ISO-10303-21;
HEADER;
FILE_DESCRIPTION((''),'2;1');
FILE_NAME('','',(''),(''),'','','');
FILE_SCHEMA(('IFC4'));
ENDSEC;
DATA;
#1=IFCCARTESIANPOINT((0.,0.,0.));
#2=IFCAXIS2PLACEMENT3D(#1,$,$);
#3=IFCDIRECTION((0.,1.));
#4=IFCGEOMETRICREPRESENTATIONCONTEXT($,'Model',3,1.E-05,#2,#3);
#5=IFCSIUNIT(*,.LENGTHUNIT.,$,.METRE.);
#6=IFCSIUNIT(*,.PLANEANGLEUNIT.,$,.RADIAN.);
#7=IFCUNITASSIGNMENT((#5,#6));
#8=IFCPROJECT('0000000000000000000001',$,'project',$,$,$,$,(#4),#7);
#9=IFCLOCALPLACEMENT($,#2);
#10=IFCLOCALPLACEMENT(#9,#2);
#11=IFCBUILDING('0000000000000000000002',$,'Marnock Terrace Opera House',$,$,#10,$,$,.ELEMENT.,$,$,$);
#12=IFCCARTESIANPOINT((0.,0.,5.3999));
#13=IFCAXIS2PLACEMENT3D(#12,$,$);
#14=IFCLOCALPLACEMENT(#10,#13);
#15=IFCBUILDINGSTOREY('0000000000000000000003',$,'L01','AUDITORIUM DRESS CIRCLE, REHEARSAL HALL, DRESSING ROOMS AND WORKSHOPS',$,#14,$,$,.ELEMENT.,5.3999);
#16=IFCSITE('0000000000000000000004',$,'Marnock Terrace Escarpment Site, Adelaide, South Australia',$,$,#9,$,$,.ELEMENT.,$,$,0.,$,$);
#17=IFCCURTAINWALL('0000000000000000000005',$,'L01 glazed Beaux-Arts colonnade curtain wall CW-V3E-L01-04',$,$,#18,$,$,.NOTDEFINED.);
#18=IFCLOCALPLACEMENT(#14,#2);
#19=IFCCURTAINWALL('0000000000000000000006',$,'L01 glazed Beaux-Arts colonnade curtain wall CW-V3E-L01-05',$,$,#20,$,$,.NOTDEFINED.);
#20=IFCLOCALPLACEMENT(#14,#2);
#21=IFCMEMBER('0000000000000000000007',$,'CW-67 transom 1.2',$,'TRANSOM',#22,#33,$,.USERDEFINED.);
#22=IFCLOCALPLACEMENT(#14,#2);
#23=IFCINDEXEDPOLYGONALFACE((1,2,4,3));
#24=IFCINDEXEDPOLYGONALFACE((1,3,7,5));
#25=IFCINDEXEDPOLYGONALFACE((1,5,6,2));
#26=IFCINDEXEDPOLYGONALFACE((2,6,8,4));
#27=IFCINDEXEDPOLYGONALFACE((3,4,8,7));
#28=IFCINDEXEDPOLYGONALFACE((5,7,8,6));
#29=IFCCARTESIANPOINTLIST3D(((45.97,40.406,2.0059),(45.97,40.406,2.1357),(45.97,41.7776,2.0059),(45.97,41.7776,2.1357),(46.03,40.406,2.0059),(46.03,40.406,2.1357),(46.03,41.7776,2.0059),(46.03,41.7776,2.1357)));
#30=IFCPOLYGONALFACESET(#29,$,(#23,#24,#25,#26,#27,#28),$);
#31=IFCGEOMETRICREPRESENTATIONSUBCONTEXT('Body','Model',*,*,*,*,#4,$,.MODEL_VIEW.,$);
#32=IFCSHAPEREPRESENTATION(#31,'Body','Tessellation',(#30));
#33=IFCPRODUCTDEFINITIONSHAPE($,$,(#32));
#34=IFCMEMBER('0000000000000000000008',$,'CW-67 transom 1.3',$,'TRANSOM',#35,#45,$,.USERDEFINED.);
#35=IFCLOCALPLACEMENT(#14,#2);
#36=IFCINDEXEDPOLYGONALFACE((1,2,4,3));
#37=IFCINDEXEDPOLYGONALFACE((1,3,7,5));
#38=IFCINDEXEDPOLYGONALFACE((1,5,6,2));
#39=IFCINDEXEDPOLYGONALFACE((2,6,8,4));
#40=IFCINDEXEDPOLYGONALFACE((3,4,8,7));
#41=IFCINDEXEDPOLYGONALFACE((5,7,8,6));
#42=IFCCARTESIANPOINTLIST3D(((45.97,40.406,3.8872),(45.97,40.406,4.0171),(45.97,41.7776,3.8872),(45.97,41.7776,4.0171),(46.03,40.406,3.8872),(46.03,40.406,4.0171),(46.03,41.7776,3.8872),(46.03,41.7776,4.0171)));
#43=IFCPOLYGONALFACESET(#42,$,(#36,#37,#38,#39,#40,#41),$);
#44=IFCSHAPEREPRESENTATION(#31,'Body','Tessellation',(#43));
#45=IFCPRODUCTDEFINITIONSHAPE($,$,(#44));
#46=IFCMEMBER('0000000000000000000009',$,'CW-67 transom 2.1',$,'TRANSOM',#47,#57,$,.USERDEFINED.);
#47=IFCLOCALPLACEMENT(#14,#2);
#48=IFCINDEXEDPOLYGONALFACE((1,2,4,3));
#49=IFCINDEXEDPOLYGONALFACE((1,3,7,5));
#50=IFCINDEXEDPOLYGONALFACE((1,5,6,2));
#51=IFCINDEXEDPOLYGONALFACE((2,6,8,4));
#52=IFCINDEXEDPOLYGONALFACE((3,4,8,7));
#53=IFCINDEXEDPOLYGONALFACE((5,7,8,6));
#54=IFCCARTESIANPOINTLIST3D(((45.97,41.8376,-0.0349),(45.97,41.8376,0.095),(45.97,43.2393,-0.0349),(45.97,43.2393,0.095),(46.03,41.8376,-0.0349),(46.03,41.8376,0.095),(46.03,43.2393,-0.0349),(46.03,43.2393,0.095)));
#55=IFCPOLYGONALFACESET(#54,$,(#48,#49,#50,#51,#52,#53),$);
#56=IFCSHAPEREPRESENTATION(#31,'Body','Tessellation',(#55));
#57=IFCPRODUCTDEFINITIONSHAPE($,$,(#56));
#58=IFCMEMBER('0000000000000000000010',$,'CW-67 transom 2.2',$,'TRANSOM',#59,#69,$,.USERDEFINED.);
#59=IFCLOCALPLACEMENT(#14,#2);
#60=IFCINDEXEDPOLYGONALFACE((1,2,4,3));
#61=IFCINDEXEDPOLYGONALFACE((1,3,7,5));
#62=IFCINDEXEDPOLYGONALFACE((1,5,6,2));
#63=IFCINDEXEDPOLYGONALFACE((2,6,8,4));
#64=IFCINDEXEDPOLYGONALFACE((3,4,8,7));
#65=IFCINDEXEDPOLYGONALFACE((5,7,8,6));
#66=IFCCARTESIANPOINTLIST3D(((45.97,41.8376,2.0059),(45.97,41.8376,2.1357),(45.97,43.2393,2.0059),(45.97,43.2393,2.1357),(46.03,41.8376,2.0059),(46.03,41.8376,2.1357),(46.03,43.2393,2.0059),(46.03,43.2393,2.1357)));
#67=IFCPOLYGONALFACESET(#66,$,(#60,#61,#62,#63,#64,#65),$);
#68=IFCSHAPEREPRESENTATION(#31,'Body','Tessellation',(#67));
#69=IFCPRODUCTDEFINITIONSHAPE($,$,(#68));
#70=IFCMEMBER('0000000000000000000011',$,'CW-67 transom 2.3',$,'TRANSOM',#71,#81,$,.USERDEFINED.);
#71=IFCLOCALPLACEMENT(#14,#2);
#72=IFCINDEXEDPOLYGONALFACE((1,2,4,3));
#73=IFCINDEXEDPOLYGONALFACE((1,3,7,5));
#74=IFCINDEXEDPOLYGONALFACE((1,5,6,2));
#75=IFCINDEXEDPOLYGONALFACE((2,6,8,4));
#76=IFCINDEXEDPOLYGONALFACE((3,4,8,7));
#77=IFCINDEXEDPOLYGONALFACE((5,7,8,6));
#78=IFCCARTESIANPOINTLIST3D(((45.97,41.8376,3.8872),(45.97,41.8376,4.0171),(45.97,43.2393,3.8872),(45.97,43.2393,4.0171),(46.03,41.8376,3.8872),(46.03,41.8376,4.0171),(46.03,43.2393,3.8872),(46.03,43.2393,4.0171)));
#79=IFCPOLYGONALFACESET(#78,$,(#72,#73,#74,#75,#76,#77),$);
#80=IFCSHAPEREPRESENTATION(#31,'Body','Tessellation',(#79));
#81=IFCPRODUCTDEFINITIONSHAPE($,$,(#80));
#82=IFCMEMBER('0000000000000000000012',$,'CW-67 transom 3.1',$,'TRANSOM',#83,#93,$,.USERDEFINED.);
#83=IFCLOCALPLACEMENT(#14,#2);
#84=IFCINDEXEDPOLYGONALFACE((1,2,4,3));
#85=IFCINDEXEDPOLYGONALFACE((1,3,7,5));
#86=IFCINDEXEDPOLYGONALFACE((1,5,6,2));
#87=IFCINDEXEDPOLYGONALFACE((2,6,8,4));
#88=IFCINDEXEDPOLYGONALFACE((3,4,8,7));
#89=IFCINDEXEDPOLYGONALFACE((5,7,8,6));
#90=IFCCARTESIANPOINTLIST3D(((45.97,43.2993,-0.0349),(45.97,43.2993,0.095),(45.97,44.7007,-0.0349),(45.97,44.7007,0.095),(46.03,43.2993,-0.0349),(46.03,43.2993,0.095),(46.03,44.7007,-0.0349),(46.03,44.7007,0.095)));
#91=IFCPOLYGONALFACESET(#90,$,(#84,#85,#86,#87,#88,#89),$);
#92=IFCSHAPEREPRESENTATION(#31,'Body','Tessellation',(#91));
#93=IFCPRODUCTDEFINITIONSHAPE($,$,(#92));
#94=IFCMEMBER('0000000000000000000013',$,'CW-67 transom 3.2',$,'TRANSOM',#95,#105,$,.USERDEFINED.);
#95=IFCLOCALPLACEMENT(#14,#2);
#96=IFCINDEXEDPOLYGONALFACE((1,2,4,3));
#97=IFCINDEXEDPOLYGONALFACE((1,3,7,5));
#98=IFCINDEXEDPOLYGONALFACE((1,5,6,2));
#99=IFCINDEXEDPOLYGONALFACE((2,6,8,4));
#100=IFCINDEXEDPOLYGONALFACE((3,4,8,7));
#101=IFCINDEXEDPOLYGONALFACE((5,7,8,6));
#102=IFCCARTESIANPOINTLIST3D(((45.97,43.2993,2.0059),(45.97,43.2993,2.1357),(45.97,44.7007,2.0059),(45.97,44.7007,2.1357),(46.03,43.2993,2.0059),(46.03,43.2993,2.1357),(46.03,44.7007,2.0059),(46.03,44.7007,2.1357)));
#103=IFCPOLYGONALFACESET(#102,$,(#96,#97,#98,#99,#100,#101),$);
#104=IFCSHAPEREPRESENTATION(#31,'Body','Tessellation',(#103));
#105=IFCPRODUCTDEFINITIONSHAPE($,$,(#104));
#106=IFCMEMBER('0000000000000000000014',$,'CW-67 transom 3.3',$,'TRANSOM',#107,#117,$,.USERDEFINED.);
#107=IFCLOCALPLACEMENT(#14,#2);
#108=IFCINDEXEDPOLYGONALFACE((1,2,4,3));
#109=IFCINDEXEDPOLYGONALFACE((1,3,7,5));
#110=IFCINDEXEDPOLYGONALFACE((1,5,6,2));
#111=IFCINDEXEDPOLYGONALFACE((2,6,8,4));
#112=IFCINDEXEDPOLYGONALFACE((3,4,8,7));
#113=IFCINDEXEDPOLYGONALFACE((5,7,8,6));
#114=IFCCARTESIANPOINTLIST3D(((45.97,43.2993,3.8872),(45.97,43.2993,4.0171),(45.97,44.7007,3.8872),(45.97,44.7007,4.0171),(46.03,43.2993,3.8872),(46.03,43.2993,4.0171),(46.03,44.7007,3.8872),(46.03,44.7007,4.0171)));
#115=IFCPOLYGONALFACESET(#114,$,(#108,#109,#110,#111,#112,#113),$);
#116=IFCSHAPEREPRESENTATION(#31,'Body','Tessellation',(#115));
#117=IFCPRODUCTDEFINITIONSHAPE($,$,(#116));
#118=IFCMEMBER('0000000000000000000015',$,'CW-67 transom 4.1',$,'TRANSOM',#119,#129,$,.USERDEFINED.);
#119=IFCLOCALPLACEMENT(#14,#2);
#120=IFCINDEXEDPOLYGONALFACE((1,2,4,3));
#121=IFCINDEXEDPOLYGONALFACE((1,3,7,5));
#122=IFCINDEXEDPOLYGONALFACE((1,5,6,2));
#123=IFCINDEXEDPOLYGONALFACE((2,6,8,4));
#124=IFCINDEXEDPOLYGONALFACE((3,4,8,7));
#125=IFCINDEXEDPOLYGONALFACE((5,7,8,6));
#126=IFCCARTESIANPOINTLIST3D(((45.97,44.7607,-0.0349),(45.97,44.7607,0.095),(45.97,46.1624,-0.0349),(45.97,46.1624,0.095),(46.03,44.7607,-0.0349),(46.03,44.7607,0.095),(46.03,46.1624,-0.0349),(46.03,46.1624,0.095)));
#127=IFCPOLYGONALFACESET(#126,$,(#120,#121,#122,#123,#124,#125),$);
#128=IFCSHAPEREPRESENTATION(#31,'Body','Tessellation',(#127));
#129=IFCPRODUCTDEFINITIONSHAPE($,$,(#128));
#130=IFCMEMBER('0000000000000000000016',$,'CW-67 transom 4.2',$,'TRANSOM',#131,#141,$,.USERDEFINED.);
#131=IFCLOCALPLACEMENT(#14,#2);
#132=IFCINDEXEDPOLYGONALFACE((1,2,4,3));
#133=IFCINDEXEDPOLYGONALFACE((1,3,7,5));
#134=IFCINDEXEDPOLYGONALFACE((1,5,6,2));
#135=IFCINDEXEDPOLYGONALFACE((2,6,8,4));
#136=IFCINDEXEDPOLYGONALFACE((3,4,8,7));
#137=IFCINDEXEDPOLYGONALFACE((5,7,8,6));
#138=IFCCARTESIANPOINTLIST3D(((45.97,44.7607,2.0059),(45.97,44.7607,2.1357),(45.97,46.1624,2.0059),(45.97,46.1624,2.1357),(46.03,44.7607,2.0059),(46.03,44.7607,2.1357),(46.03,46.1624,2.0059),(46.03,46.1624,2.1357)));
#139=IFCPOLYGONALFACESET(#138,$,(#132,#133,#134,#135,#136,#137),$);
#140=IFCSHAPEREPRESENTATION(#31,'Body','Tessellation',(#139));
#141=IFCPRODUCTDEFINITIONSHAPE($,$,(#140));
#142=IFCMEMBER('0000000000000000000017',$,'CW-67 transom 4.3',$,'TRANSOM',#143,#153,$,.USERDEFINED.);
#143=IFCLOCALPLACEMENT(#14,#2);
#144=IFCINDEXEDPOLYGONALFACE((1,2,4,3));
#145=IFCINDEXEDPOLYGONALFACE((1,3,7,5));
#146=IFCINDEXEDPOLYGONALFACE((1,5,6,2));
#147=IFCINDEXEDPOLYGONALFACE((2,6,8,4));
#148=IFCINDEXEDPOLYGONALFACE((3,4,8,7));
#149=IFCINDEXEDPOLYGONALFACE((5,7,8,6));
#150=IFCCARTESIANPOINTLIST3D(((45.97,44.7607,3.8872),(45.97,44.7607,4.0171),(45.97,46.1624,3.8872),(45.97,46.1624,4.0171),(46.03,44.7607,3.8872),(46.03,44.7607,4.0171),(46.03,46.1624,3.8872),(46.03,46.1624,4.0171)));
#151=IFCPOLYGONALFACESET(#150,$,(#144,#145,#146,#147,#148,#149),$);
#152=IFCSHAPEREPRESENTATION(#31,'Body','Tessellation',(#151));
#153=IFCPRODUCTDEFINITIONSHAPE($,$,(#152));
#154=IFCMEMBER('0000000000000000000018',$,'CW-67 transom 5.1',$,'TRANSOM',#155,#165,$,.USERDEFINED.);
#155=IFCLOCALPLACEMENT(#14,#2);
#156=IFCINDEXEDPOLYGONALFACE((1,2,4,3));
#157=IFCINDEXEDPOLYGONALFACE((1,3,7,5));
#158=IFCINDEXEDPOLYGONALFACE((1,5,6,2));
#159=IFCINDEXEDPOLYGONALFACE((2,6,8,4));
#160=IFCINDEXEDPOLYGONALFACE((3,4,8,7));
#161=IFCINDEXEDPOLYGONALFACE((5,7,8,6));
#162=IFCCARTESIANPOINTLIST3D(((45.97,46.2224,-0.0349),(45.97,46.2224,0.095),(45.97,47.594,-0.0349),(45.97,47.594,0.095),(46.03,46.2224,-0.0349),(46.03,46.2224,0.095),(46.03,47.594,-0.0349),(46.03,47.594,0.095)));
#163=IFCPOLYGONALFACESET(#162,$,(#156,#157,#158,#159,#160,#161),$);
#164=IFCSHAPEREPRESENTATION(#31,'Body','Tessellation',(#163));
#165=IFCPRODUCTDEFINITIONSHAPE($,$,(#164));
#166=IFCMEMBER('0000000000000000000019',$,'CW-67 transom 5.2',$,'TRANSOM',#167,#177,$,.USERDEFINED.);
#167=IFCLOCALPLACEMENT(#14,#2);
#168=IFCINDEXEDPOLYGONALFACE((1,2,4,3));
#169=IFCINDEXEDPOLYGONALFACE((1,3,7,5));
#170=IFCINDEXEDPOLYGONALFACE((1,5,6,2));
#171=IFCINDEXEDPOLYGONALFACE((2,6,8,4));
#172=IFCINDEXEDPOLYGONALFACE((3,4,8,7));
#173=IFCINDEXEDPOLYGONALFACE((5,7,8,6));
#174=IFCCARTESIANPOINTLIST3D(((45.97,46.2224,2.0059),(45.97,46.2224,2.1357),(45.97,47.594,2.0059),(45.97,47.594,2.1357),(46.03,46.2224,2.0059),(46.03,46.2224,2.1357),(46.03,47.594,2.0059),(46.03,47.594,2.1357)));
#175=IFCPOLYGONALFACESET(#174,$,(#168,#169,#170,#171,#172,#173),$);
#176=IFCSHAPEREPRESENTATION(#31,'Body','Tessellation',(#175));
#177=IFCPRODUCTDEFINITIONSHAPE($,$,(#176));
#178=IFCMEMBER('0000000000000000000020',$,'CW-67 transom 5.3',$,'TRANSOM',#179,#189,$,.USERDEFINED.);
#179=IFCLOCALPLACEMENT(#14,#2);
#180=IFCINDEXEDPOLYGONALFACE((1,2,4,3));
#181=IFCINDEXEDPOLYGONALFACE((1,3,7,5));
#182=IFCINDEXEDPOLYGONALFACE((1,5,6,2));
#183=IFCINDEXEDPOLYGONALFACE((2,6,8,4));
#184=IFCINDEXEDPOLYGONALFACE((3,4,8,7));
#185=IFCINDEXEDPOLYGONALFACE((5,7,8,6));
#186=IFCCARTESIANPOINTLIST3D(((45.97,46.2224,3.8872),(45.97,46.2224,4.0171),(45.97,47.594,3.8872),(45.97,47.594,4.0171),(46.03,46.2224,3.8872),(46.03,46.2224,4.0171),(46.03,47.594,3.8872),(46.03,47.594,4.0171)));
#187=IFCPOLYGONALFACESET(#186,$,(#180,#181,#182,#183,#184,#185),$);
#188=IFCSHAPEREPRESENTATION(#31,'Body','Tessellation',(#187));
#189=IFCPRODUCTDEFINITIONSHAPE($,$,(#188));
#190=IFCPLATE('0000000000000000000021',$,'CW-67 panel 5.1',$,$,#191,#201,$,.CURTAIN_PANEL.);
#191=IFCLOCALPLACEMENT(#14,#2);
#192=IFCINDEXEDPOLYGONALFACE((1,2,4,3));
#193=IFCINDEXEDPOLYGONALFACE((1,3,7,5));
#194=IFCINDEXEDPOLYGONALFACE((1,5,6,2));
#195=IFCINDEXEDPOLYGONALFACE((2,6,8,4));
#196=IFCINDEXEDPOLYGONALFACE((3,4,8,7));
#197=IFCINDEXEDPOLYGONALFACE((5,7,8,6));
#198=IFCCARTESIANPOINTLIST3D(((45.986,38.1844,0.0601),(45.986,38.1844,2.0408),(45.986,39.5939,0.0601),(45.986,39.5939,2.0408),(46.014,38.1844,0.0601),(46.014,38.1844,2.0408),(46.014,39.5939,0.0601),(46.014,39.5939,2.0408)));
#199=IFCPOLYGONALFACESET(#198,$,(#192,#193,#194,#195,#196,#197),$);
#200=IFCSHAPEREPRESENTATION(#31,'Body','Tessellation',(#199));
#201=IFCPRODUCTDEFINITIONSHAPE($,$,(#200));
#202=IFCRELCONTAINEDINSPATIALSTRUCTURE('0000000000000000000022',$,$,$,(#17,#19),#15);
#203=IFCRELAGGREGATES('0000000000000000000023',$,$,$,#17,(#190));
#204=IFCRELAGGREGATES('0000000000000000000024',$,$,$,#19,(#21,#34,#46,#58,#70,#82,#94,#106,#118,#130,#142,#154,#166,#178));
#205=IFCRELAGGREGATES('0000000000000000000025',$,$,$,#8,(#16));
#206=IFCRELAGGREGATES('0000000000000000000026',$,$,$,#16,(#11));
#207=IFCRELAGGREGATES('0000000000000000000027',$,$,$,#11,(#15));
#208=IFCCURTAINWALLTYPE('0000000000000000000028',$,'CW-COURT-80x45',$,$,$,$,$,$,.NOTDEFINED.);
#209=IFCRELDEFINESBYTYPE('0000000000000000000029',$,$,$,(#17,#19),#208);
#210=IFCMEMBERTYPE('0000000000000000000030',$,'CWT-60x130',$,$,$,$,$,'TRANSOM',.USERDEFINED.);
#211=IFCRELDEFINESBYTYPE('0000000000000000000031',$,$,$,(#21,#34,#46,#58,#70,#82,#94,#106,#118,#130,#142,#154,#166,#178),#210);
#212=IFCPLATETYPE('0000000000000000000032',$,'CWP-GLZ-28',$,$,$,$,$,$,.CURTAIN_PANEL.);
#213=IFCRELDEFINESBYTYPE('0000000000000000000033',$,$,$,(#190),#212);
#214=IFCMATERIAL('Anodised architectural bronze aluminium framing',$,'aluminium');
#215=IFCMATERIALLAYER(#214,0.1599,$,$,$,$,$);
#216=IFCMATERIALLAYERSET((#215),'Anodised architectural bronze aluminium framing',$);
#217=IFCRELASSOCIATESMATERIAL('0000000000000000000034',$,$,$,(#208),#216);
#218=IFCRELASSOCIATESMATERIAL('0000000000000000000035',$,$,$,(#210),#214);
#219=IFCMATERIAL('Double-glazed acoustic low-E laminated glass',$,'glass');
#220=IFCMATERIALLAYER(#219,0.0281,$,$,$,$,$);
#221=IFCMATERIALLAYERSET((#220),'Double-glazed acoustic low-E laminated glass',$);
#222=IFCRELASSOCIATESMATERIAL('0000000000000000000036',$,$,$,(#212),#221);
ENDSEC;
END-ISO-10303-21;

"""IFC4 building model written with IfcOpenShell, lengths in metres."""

from ifc_helpers import new_model, si_unit, direction, frame, origin, origin_2d, place, context, subcontext, project, spatial, rectangle, extrude, material, layer, layer_set, material_profile, profile_set, type_object, element, aggregate, save


model = new_model("IFC4")

# Units and contexts
model_context = context("Model", 3, precision=1e-05, world=origin(), true_north=direction((0.0, 1.0)))
body_context = subcontext(model_context, "Body", "Model", "MODEL_VIEW")
ifc_project = project(units=[si_unit("LENGTHUNIT", "METRE"), si_unit("PLANEANGLEUNIT", "RADIAN")], contexts=[model_context])

# Site, building, storey
site_placement = place(None, origin())
site = spatial("IfcSite", under=ifc_project, at=site_placement, Name="Marnock Terrace Escarpment Site, Adelaide, South Australia", CompositionType="ELEMENT", RefElevation=0.0)
building_placement = place(site_placement, origin())
building = spatial("IfcBuilding", under=site, at=building_placement, Name="Marnock Terrace Opera House", CompositionType="ELEMENT")
storey_placement = place(building_placement, frame((0.0, 0.0, 5.3999)))
storey = spatial("IfcBuildingStorey", under=building, at=storey_placement, Name="L01", Description="AUDITORIUM DRESS CIRCLE, REHEARSAL HALL, DRESSING ROOMS AND WORKSHOPS", CompositionType="ELEMENT", Elevation=5.3999)

# Curtain wall
ifc_material_1 = material(Name="Anodised architectural bronze aluminium framing", Category="aluminium")
ifc_layer_1 = layer(ifc_material_1, 0.1599)
ifc_layer_set_1 = layer_set([ifc_layer_1], Name="Anodised architectural bronze aluminium framing")
curtain_wall_type = type_object("IfcCurtainWallType", Name="CW-COURT-80x45", PredefinedType="NOTDEFINED", material=ifc_layer_set_1)
curtain_wall_1_placement = place(storey_placement, origin())
curtain_wall_1 = element("IfcCurtainWall", 1, at=curtain_wall_1_placement, inside=storey, type_object=curtain_wall_type, Name="L01 glazed Beaux-Arts colonnade curtain wall CW-V3E-L01-04", PredefinedType="NOTDEFINED")

# Curtain wall
curtain_wall_2_placement = place(storey_placement, origin())
curtain_wall_2 = element("IfcCurtainWall", 2, at=curtain_wall_2_placement, inside=storey, type_object=curtain_wall_type, Name="L01 glazed Beaux-Arts colonnade curtain wall CW-V3E-L01-05", PredefinedType="NOTDEFINED")

# Members
ifc_material_profile_1 = material_profile(ifc_material_1, rectangle(XDim=0.0601, YDim=0.1299, at=origin_2d()))
ifc_profile_set_1 = profile_set([ifc_material_profile_1], Name="Anodised architectural bronze aluminium framing")
member_type_1 = type_object("IfcMemberType", Name="CWT-60x130", ElementType="TRANSOM", PredefinedType="USERDEFINED", material=ifc_profile_set_1)
member_1_placement = place(storey_placement, frame((46.0, 40.406, 2.0708), z_axis=(0.0, 1.0, 0.0), x_axis=(-1.0, 0.0, 0.0)))
member_1 = element("IfcMember", 3, at=member_1_placement, type_object=member_type_1, Name="CW-67 transom 1.2", ObjectType="TRANSOM", PredefinedType="USERDEFINED", context=body_context, shape_type="SweptSolid", body=[
    extrude(rectangle(XDim=0.0601, YDim=0.1299, at=origin_2d()), origin(), (0.0, 0.0, 1.0), 1.3716),
])
member_2_placement = place(storey_placement, frame((46.0, 40.406, 3.9521), z_axis=(0.0, 1.0, 0.0), x_axis=(-1.0, 0.0, 0.0)))
member_2 = element("IfcMember", 4, at=member_2_placement, type_object=member_type_1, Name="CW-67 transom 1.3", ObjectType="TRANSOM", PredefinedType="USERDEFINED", context=body_context, shape_type="SweptSolid", body=[
    extrude(rectangle(XDim=0.0601, YDim=0.1299, at=origin_2d()), origin(), (0.0, 0.0, 1.0), 1.3716),
])
member_3_placement = place(storey_placement, frame((46.0, 41.8376, 0.03), z_axis=(0.0, 1.0, 0.0), x_axis=(-1.0, 0.0, 0.0)))
member_3 = element("IfcMember", 5, at=member_3_placement, type_object=member_type_1, Name="CW-67 transom 2.1", ObjectType="TRANSOM", PredefinedType="USERDEFINED", context=body_context, shape_type="SweptSolid", body=[
    extrude(rectangle(XDim=0.0601, YDim=0.1299, at=origin_2d()), origin(), (0.0, 0.0, 1.0), 1.4016),
])
member_4_placement = place(storey_placement, frame((46.0, 41.8376, 2.0708), z_axis=(0.0, 1.0, 0.0), x_axis=(-1.0, 0.0, 0.0)))
member_4 = element("IfcMember", 6, at=member_4_placement, type_object=member_type_1, Name="CW-67 transom 2.2", ObjectType="TRANSOM", PredefinedType="USERDEFINED", context=body_context, shape_type="SweptSolid", body=[
    extrude(rectangle(XDim=0.0601, YDim=0.1299, at=origin_2d()), origin(), (0.0, 0.0, 1.0), 1.4016),
])
member_5_placement = place(storey_placement, frame((46.0, 41.8376, 3.9521), z_axis=(0.0, 1.0, 0.0), x_axis=(-1.0, 0.0, 0.0)))
member_5 = element("IfcMember", 7, at=member_5_placement, type_object=member_type_1, Name="CW-67 transom 2.3", ObjectType="TRANSOM", PredefinedType="USERDEFINED", context=body_context, shape_type="SweptSolid", body=[
    extrude(rectangle(XDim=0.0601, YDim=0.1299, at=origin_2d()), origin(), (0.0, 0.0, 1.0), 1.4016),
])
member_6_placement = place(storey_placement, frame((46.0, 43.2993, 0.03), z_axis=(0.0, 1.0, 0.0), x_axis=(-1.0, 0.0, 0.0)))
member_6 = element("IfcMember", 8, at=member_6_placement, type_object=member_type_1, Name="CW-67 transom 3.1", ObjectType="TRANSOM", PredefinedType="USERDEFINED", context=body_context, shape_type="SweptSolid", body=[
    extrude(rectangle(XDim=0.0601, YDim=0.1299, at=origin_2d()), origin(), (0.0, 0.0, 1.0), 1.4014),
])
member_7_placement = place(storey_placement, frame((46.0, 43.2993, 2.0708), z_axis=(0.0, 1.0, 0.0), x_axis=(-1.0, 0.0, 0.0)))
member_7 = element("IfcMember", 9, at=member_7_placement, type_object=member_type_1, Name="CW-67 transom 3.2", ObjectType="TRANSOM", PredefinedType="USERDEFINED", context=body_context, shape_type="SweptSolid", body=[
    extrude(rectangle(XDim=0.0601, YDim=0.1299, at=origin_2d()), origin(), (0.0, 0.0, 1.0), 1.4014),
])
member_8_placement = place(storey_placement, frame((46.0, 43.2993, 3.9521), z_axis=(0.0, 1.0, 0.0), x_axis=(-1.0, 0.0, 0.0)))
member_8 = element("IfcMember", 10, at=member_8_placement, type_object=member_type_1, Name="CW-67 transom 3.3", ObjectType="TRANSOM", PredefinedType="USERDEFINED", context=body_context, shape_type="SweptSolid", body=[
    extrude(rectangle(XDim=0.0601, YDim=0.1299, at=origin_2d()), origin(), (0.0, 0.0, 1.0), 1.4014),
])
member_9_placement = place(storey_placement, frame((46.0, 44.7607, 0.03), z_axis=(0.0, 1.0, 0.0), x_axis=(-1.0, 0.0, 0.0)))
member_9 = element("IfcMember", 11, at=member_9_placement, type_object=member_type_1, Name="CW-67 transom 4.1", ObjectType="TRANSOM", PredefinedType="USERDEFINED", context=body_context, shape_type="SweptSolid", body=[
    extrude(rectangle(XDim=0.0601, YDim=0.1299, at=origin_2d()), origin(), (0.0, 0.0, 1.0), 1.4016),
])
member_10_placement = place(storey_placement, frame((46.0, 44.7607, 2.0708), z_axis=(0.0, 1.0, 0.0), x_axis=(-1.0, 0.0, 0.0)))
member_10 = element("IfcMember", 12, at=member_10_placement, type_object=member_type_1, Name="CW-67 transom 4.2", ObjectType="TRANSOM", PredefinedType="USERDEFINED", context=body_context, shape_type="SweptSolid", body=[
    extrude(rectangle(XDim=0.0601, YDim=0.1299, at=origin_2d()), origin(), (0.0, 0.0, 1.0), 1.4016),
])
member_11_placement = place(storey_placement, frame((46.0, 44.7607, 3.9521), z_axis=(0.0, 1.0, 0.0), x_axis=(-1.0, 0.0, 0.0)))
member_11 = element("IfcMember", 13, at=member_11_placement, type_object=member_type_1, Name="CW-67 transom 4.3", ObjectType="TRANSOM", PredefinedType="USERDEFINED", context=body_context, shape_type="SweptSolid", body=[
    extrude(rectangle(XDim=0.0601, YDim=0.1299, at=origin_2d()), origin(), (0.0, 0.0, 1.0), 1.4016),
])
member_12_placement = place(storey_placement, frame((46.0, 46.2224, 0.03), z_axis=(0.0, 1.0, 0.0), x_axis=(-1.0, 0.0, 0.0)))
member_12 = element("IfcMember", 14, at=member_12_placement, type_object=member_type_1, Name="CW-67 transom 5.1", ObjectType="TRANSOM", PredefinedType="USERDEFINED", context=body_context, shape_type="SweptSolid", body=[
    extrude(rectangle(XDim=0.0601, YDim=0.1299, at=origin_2d()), origin(), (0.0, 0.0, 1.0), 1.3716),
])
member_13_placement = place(storey_placement, frame((46.0, 46.2224, 2.0708), z_axis=(0.0, 1.0, 0.0), x_axis=(-1.0, 0.0, 0.0)))
member_13 = element("IfcMember", 15, at=member_13_placement, type_object=member_type_1, Name="CW-67 transom 5.2", ObjectType="TRANSOM", PredefinedType="USERDEFINED", context=body_context, shape_type="SweptSolid", body=[
    extrude(rectangle(XDim=0.0601, YDim=0.1299, at=origin_2d()), origin(), (0.0, 0.0, 1.0), 1.3716),
])
member_14_placement = place(storey_placement, frame((46.0, 46.2224, 3.9521), z_axis=(0.0, 1.0, 0.0), x_axis=(-1.0, 0.0, 0.0)))
member_14 = element("IfcMember", 16, at=member_14_placement, type_object=member_type_1, Name="CW-67 transom 5.3", ObjectType="TRANSOM", PredefinedType="USERDEFINED", context=body_context, shape_type="SweptSolid", body=[
    extrude(rectangle(XDim=0.0601, YDim=0.1299, at=origin_2d()), origin(), (0.0, 0.0, 1.0), 1.3716),
])

# Plate
ifc_material_2 = material(Name="Double-glazed acoustic low-E laminated glass", Category="glass")
ifc_layer_2 = layer(ifc_material_2, 0.0281)
ifc_layer_set_2 = layer_set([ifc_layer_2], Name="Double-glazed acoustic low-E laminated glass")
plate_type = type_object("IfcPlateType", Name="CWP-GLZ-28", PredefinedType="CURTAIN_PANEL", material=ifc_layer_set_2)
plate_1_placement = place(storey_placement, frame((46.0, 38.8892, 0.0601), z_axis=(0.0, 0.0, 1.0), x_axis=(0.0, 1.0, 0.0)))
plate_1 = element("IfcPlate", 17, at=plate_1_placement, type_object=plate_type, Name="CW-67 panel 5.1", PredefinedType="CURTAIN_PANEL", context=body_context, shape_type="SweptSolid", body=[
    extrude(rectangle(XDim=1.4094, YDim=0.0281, at=origin_2d()), origin(), (0.0, 0.0, 1.0), 1.9807),
])
aggregate(curtain_wall_1, [plate_1])
aggregate(curtain_wall_2, [member_1, member_2, member_3, member_4, member_5, member_6, member_7, member_8, member_9, member_10, member_11, member_12, member_13, member_14])

save(model, "model.ifc")
